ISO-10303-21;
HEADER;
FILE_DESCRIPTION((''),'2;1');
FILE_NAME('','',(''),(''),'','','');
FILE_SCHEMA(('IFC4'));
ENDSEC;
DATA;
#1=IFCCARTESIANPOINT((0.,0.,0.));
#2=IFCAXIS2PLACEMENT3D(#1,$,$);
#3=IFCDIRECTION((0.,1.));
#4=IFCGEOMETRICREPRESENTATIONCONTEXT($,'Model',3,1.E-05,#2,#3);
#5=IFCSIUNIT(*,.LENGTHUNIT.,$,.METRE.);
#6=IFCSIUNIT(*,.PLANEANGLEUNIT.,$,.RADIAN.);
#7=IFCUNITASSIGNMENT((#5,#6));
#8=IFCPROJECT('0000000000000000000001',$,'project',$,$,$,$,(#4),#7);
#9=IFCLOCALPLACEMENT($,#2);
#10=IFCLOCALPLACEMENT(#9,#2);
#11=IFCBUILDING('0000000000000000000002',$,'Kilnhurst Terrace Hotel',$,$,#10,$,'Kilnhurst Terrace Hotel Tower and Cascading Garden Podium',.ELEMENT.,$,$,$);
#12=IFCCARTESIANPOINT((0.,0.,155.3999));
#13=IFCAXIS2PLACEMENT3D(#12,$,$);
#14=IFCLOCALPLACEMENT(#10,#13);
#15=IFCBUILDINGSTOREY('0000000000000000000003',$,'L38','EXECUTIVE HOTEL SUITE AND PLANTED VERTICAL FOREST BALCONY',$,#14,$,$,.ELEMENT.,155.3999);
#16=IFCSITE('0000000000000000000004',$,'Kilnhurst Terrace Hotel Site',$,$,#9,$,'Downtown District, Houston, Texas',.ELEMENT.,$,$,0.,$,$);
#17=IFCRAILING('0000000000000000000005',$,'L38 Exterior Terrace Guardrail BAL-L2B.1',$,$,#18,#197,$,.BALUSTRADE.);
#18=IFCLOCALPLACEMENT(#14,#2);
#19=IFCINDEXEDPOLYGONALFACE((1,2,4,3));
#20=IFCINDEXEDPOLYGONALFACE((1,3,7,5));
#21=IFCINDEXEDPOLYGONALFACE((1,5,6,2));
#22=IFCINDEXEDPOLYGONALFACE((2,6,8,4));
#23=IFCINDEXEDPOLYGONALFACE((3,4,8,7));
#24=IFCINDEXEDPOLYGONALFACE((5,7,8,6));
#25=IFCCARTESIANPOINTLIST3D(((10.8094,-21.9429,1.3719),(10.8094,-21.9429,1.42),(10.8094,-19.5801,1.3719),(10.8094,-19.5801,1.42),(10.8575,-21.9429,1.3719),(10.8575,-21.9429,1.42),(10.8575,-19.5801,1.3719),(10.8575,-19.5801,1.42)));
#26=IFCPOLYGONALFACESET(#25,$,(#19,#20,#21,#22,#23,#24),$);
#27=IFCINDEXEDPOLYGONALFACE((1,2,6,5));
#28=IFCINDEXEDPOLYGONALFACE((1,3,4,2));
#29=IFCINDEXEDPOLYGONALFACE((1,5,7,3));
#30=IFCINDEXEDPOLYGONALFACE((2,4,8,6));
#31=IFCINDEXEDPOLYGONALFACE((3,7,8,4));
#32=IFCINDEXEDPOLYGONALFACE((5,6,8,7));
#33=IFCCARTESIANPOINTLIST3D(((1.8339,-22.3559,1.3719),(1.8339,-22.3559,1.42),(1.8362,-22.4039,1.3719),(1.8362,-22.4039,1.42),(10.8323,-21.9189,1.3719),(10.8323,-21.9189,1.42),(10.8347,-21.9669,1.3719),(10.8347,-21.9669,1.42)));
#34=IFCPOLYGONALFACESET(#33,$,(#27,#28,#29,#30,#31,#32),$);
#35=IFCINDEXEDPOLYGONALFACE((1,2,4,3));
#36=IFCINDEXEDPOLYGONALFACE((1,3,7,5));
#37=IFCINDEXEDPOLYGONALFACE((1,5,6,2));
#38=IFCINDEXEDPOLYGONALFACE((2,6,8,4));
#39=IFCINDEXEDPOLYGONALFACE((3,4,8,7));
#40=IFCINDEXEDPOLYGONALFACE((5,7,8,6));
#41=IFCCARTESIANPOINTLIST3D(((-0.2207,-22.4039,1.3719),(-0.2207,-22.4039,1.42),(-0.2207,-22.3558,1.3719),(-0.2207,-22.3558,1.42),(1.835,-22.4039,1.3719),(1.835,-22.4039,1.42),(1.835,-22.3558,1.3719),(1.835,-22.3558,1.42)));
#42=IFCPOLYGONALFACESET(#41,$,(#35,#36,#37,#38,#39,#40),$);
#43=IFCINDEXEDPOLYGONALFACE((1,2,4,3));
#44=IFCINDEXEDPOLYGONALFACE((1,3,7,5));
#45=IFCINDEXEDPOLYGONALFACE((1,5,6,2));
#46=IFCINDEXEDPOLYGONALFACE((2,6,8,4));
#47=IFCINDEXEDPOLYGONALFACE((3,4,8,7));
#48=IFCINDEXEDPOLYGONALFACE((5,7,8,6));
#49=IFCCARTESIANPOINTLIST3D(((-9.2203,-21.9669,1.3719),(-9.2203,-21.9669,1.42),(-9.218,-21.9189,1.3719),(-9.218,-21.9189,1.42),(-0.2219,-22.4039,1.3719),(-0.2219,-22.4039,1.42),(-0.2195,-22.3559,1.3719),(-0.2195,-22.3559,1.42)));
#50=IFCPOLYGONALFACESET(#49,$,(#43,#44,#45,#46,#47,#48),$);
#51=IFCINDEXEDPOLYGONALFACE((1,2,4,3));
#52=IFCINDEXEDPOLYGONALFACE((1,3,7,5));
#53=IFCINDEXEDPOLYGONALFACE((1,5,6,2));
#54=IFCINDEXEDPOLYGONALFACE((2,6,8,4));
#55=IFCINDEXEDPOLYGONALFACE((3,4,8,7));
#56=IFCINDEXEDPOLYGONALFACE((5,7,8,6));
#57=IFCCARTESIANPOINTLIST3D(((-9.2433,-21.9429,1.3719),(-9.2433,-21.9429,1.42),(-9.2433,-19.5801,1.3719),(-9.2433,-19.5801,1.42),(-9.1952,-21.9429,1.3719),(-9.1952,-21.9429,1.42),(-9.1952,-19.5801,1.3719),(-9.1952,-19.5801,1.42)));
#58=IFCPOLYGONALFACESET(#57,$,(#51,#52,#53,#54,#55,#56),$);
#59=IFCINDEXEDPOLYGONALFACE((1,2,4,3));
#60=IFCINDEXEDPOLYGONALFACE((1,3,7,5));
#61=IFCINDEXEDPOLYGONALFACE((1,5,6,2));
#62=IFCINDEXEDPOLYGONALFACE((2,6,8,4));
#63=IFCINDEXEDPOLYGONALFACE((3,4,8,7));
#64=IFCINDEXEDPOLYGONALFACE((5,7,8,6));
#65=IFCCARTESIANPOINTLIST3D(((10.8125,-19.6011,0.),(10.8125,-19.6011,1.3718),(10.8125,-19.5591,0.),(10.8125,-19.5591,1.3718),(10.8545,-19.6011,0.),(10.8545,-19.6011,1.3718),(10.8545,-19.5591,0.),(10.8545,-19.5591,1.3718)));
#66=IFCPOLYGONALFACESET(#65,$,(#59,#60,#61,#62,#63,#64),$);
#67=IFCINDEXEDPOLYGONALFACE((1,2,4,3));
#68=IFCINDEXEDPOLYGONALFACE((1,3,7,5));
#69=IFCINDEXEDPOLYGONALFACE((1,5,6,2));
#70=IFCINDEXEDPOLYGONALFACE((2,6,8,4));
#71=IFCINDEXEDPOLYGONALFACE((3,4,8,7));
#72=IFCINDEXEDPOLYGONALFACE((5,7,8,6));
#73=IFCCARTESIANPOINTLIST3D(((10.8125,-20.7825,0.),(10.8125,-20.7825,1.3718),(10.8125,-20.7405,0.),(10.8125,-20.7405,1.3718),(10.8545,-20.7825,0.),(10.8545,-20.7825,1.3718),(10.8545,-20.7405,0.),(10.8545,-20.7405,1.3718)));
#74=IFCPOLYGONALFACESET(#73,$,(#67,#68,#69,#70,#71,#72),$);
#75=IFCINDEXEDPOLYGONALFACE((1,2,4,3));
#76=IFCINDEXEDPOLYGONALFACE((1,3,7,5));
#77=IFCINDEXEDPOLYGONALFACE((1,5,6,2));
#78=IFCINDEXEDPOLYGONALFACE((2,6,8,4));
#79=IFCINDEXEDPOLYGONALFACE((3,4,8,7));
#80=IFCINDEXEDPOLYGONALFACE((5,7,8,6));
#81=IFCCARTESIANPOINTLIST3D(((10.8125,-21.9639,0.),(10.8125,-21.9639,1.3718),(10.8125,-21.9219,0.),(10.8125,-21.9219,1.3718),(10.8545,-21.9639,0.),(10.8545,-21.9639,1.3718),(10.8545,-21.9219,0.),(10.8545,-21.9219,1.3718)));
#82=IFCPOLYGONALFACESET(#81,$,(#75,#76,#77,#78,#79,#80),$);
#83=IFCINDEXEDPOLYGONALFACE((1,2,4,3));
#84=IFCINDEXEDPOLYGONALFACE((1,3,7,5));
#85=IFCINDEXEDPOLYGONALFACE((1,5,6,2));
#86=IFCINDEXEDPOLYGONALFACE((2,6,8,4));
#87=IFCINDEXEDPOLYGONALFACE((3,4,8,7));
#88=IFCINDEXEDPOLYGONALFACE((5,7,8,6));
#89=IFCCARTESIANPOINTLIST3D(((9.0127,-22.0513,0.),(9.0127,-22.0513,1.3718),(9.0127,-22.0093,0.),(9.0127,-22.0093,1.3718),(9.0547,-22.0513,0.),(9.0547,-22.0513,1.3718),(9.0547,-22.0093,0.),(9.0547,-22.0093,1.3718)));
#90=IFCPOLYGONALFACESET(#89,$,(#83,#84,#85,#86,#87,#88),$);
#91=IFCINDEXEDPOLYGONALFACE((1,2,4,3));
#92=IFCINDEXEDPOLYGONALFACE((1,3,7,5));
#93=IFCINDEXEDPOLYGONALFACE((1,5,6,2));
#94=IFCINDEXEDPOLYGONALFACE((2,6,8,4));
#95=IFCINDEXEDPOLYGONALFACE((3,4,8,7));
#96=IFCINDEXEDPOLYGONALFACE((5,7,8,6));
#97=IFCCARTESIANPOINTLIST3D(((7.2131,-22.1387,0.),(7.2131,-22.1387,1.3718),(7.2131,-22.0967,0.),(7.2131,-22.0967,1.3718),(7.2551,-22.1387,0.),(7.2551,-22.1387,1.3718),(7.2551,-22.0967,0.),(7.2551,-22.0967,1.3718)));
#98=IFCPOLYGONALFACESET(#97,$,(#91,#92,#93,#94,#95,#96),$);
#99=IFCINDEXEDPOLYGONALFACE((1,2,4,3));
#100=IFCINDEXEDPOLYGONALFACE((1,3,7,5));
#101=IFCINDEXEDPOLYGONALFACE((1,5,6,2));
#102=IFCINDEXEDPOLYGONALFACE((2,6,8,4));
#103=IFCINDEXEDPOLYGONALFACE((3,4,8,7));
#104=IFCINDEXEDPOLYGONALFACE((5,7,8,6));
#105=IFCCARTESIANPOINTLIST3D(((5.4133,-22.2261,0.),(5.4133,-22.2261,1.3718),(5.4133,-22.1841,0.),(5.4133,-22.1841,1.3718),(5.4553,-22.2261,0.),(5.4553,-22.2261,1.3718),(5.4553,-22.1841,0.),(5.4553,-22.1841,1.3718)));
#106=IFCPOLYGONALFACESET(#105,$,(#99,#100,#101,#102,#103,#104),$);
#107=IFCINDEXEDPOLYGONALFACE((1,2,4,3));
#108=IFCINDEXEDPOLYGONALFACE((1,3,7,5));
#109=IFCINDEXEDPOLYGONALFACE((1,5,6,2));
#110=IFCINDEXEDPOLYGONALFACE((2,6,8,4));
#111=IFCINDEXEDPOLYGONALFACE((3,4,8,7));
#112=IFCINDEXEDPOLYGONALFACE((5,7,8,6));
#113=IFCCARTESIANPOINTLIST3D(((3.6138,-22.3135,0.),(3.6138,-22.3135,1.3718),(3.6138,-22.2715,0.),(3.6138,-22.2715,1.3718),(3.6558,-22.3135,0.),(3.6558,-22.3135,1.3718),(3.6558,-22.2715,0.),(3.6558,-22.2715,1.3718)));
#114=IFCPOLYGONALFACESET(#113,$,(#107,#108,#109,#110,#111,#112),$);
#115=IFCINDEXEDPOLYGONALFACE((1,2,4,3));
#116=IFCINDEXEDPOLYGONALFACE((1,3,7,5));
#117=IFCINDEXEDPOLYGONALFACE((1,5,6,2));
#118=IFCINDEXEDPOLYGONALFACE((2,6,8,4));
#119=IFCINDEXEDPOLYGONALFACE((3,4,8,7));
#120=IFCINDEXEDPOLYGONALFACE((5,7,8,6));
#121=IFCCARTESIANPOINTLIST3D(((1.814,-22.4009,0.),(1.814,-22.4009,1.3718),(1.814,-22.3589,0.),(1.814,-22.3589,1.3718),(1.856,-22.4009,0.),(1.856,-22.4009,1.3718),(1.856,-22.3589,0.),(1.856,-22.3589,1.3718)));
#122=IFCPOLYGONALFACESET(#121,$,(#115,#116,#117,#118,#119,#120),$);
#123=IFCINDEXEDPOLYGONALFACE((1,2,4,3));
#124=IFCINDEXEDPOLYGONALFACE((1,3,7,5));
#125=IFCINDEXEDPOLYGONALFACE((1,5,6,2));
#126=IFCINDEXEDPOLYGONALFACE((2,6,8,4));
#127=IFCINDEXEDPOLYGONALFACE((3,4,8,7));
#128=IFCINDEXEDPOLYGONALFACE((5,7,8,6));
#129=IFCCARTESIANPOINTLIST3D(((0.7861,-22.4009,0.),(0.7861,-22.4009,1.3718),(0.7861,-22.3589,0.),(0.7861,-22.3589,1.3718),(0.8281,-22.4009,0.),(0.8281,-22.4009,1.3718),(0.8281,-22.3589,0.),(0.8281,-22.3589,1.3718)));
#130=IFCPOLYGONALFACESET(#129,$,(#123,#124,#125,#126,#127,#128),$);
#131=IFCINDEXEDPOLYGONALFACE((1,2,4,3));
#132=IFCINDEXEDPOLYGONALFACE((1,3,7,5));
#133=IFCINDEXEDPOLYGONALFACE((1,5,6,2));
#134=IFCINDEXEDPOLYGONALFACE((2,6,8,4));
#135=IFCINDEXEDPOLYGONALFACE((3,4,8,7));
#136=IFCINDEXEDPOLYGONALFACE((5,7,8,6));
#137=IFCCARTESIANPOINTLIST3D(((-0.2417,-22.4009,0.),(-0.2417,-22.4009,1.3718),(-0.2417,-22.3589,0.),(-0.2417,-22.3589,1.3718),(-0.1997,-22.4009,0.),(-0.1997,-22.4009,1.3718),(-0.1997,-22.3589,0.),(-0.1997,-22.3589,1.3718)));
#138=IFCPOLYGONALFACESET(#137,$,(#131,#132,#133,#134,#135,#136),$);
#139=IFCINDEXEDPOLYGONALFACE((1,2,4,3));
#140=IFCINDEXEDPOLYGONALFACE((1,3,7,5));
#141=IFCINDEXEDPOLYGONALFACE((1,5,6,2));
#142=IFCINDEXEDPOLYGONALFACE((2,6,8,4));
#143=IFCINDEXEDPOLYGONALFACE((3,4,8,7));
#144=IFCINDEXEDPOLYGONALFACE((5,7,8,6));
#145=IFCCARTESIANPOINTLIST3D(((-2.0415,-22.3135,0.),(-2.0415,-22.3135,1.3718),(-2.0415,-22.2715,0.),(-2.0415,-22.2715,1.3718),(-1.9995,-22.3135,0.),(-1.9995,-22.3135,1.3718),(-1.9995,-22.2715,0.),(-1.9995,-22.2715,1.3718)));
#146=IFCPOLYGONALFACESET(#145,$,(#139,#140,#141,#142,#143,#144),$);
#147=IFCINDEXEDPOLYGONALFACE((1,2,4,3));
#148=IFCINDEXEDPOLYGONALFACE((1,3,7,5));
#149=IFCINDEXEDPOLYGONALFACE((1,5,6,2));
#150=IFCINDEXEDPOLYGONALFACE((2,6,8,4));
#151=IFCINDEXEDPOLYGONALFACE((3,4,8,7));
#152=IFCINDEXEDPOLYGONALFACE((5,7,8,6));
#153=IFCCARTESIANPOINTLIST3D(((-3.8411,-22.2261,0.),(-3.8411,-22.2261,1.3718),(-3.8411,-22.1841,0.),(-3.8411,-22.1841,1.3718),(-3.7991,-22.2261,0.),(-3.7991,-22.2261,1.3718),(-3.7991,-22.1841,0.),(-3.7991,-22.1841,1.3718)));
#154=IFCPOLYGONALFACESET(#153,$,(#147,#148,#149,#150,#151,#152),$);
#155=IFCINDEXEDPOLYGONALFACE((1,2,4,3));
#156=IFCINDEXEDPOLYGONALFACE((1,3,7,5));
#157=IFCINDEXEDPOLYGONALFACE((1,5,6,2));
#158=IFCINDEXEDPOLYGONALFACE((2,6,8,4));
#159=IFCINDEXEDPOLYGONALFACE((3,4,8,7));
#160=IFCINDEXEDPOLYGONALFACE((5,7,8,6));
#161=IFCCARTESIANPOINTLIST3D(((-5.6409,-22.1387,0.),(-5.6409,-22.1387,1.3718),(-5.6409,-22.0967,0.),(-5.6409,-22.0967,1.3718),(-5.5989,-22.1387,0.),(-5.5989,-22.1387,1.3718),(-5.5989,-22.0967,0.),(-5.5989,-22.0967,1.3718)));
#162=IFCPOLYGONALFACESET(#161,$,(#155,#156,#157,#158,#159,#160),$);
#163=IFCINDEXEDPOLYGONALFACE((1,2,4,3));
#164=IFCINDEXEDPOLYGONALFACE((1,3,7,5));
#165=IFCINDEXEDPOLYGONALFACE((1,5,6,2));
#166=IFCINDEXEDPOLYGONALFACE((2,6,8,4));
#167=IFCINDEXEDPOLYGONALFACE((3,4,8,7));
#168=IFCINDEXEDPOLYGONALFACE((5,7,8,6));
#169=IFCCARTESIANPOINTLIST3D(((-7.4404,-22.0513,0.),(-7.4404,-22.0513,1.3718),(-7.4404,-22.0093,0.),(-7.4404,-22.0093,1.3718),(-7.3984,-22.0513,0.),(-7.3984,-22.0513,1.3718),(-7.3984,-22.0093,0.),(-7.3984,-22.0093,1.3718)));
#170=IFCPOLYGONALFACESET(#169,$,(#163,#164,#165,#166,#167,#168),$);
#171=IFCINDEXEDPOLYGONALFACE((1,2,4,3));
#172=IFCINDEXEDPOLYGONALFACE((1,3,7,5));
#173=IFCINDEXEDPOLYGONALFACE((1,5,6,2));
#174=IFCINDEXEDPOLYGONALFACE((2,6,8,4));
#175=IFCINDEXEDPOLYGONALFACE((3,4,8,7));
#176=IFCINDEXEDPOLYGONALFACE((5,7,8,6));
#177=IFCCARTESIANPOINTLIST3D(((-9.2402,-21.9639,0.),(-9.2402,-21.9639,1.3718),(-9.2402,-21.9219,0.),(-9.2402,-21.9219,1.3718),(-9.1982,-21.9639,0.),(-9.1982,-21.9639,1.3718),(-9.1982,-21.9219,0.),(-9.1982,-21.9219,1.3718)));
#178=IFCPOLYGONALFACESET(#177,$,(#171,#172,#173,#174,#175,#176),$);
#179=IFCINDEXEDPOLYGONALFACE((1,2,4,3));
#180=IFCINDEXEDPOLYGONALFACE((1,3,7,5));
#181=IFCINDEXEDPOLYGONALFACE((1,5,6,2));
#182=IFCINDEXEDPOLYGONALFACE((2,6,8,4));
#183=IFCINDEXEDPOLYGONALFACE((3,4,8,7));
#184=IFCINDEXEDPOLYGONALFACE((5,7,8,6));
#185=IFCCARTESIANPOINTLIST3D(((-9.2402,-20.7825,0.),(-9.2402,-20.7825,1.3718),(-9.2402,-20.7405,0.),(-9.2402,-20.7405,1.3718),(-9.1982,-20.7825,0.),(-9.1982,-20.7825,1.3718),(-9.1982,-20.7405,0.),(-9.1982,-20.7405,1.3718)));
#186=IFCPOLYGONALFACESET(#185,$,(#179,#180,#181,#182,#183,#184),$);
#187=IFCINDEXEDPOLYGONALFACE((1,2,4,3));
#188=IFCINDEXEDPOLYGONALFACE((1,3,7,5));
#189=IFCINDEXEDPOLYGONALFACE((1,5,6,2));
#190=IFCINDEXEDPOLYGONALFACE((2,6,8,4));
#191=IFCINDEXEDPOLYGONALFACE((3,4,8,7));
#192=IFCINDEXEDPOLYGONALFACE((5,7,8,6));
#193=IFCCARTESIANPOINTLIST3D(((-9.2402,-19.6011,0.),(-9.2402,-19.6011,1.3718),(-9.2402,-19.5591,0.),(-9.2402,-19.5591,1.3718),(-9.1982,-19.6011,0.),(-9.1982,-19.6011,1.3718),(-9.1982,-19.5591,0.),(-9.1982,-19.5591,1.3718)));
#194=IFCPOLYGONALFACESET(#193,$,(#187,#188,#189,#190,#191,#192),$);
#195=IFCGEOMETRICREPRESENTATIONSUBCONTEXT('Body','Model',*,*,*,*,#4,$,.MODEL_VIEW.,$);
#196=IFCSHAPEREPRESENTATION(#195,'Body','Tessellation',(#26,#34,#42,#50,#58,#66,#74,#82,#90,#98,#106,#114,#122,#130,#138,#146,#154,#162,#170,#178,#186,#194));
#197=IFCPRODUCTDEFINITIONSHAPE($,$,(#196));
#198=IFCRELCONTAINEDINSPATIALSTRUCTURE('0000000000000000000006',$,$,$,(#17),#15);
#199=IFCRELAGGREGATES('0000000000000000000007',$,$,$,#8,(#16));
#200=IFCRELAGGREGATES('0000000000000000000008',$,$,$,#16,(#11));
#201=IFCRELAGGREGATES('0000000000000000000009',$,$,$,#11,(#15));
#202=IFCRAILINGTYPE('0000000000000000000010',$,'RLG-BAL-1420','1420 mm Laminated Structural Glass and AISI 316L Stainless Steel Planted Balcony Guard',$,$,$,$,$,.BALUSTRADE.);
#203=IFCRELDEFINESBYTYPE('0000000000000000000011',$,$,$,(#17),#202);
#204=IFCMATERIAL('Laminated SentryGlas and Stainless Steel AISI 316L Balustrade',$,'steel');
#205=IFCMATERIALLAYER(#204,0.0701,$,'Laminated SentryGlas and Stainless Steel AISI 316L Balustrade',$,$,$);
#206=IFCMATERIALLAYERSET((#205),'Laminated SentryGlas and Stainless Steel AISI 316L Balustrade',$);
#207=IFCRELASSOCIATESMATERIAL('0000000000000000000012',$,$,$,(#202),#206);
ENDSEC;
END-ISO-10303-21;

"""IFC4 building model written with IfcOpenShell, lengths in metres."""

from ifc_helpers import new_model, si_unit, direction, frame, origin, origin_2d, place, context, subcontext, project, spatial, rectangle, extrude, material, layer, layer_set, type_object, element, save


model = new_model("IFC4")

# Units and contexts
model_context = context("Model", 3, precision=1e-05, world=origin(), true_north=direction((0.0, 1.0)))
body_context = subcontext(model_context, "Body", "Model", "MODEL_VIEW")
ifc_project = project(units=[si_unit("LENGTHUNIT", "METRE"), si_unit("PLANEANGLEUNIT", "RADIAN")], contexts=[model_context])

# Site, building, storey
site_placement = place(None, origin())
site = spatial("IfcSite", under=ifc_project, at=site_placement, Name="Kilnhurst Terrace Hotel Site", LongName="Downtown District, Houston, Texas", CompositionType="ELEMENT", RefElevation=0.0)
building_placement = place(site_placement, origin())
building = spatial("IfcBuilding", under=site, at=building_placement, Name="Kilnhurst Terrace Hotel", LongName="Kilnhurst Terrace Hotel Tower and Cascading Garden Podium", CompositionType="ELEMENT")
storey_placement = place(building_placement, frame((0.0, 0.0, 155.3999)))
storey = spatial("IfcBuildingStorey", under=building, at=storey_placement, Name="L38", Description="EXECUTIVE HOTEL SUITE AND PLANTED VERTICAL FOREST BALCONY", CompositionType="ELEMENT", Elevation=155.3999)

# Railing
ifc_material_1 = material(Name="Laminated SentryGlas and Stainless Steel AISI 316L Balustrade", Category="steel")
ifc_layer_1 = layer(ifc_material_1, 0.0701, Name="Laminated SentryGlas and Stainless Steel AISI 316L Balustrade")
ifc_layer_set_1 = layer_set([ifc_layer_1], Name="Laminated SentryGlas and Stainless Steel AISI 316L Balustrade")
railing_type = type_object("IfcRailingType", Name="RLG-BAL-1420", Description="1420 mm Laminated Structural Glass and AISI 316L Stainless Steel Planted Balcony Guard", PredefinedType="BALUSTRADE", material=ifc_layer_set_1)
railing_placement = place(storey_placement, frame((10.8335, -19.5801, 0.0)))
element("IfcRailing", 1, at=railing_placement, inside=storey, type_object=railing_type, Name="L38 Exterior Terrace Guardrail BAL-L2B.1", PredefinedType="BALUSTRADE", context=body_context, shape_type="SweptSolid", body=[
    extrude(rectangle(XDim=0.0481, YDim=0.0481, at=origin_2d()), frame((0.0, 0.0, 1.396), z_axis=(0.0, -1.0, 0.0), x_axis=(1.0, 0.0, 0.0)), (0.0, 0.0, 1.0), 2.3628),
    extrude(rectangle(XDim=0.0481, YDim=0.0481, at=origin_2d()), frame((0.0, -2.3628, 1.396), z_axis=(-0.998823, -0.048508, 0.0), x_axis=(0.048508, -0.998823, 0.0)), (0.0, 0.0, 1.0), 9.009),
    extrude(rectangle(XDim=0.0481, YDim=0.0481, at=origin_2d()), frame((-8.9985, -2.7998, 1.396), z_axis=(-1.0, 0.0, 0.0), x_axis=(0.0, -1.0, 0.0)), (0.0, 0.0, 1.0), 2.0557),
    extrude(rectangle(XDim=0.0481, YDim=0.0481, at=origin_2d()), frame((-11.0542, -2.7998, 1.396), z_axis=(-0.998823, 0.048508, 0.0), x_axis=(-0.048508, -0.998823, 0.0)), (0.0, 0.0, 1.0), 9.009),
    extrude(rectangle(XDim=0.0481, YDim=0.0481, at=origin_2d()), frame((-20.0527, -2.3628, 1.396), z_axis=(0.0, 1.0, 0.0), x_axis=(-1.0, 0.0, 0.0)), (0.0, 0.0, 1.0), 2.3628),
    extrude(rectangle(XDim=0.042, YDim=0.042, at=origin_2d()), origin(), (0.0, 0.0, 1.0), 1.3718),
    extrude(rectangle(XDim=0.042, YDim=0.042, at=origin_2d()), frame((0.0, -1.1814, 0.0)), (0.0, 0.0, 1.0), 1.3718),
    extrude(rectangle(XDim=0.042, YDim=0.042, at=origin_2d()), frame((0.0, -2.3628, 0.0)), (0.0, 0.0, 1.0), 1.3718),
    extrude(rectangle(XDim=0.042, YDim=0.042, at=origin_2d()), frame((-1.7998, -2.4502, 0.0)), (0.0, 0.0, 1.0), 1.3718),
    extrude(rectangle(XDim=0.042, YDim=0.042, at=origin_2d()), frame((-3.5994, -2.5376, 0.0)), (0.0, 0.0, 1.0), 1.3718),
    extrude(rectangle(XDim=0.042, YDim=0.042, at=origin_2d()), frame((-5.3992, -2.625, 0.0)), (0.0, 0.0, 1.0), 1.3718),
    extrude(rectangle(XDim=0.042, YDim=0.042, at=origin_2d()), frame((-7.1987, -2.7124, 0.0)), (0.0, 0.0, 1.0), 1.3718),
    extrude(rectangle(XDim=0.042, YDim=0.042, at=origin_2d()), frame((-8.9985, -2.7998, 0.0)), (0.0, 0.0, 1.0), 1.3718),
    extrude(rectangle(XDim=0.042, YDim=0.042, at=origin_2d()), frame((-10.0264, -2.7998, 0.0)), (0.0, 0.0, 1.0), 1.3718),
    extrude(rectangle(XDim=0.042, YDim=0.042, at=origin_2d()), frame((-11.0542, -2.7998, 0.0)), (0.0, 0.0, 1.0), 1.3718),
    extrude(rectangle(XDim=0.042, YDim=0.042, at=origin_2d()), frame((-12.854, -2.7124, 0.0)), (0.0, 0.0, 1.0), 1.3718),
    extrude(rectangle(XDim=0.042, YDim=0.042, at=origin_2d()), frame((-14.6536, -2.625, 0.0)), (0.0, 0.0, 1.0), 1.3718),
    extrude(rectangle(XDim=0.042, YDim=0.042, at=origin_2d()), frame((-16.4534, -2.5376, 0.0)), (0.0, 0.0, 1.0), 1.3718),
    extrude(rectangle(XDim=0.042, YDim=0.042, at=origin_2d()), frame((-18.2529, -2.4502, 0.0)), (0.0, 0.0, 1.0), 1.3718),
    extrude(rectangle(XDim=0.042, YDim=0.042, at=origin_2d()), frame((-20.0527, -2.3628, 0.0)), (0.0, 0.0, 1.0), 1.3718),
    extrude(rectangle(XDim=0.042, YDim=0.042, at=origin_2d()), frame((-20.0527, -1.1814, 0.0)), (0.0, 0.0, 1.0), 1.3718),
    extrude(rectangle(XDim=0.042, YDim=0.042, at=origin_2d()), frame((-20.0527, 0.0, 0.0)), (0.0, 0.0, 1.0), 1.3718),
])

save(model, "model.ifc")
